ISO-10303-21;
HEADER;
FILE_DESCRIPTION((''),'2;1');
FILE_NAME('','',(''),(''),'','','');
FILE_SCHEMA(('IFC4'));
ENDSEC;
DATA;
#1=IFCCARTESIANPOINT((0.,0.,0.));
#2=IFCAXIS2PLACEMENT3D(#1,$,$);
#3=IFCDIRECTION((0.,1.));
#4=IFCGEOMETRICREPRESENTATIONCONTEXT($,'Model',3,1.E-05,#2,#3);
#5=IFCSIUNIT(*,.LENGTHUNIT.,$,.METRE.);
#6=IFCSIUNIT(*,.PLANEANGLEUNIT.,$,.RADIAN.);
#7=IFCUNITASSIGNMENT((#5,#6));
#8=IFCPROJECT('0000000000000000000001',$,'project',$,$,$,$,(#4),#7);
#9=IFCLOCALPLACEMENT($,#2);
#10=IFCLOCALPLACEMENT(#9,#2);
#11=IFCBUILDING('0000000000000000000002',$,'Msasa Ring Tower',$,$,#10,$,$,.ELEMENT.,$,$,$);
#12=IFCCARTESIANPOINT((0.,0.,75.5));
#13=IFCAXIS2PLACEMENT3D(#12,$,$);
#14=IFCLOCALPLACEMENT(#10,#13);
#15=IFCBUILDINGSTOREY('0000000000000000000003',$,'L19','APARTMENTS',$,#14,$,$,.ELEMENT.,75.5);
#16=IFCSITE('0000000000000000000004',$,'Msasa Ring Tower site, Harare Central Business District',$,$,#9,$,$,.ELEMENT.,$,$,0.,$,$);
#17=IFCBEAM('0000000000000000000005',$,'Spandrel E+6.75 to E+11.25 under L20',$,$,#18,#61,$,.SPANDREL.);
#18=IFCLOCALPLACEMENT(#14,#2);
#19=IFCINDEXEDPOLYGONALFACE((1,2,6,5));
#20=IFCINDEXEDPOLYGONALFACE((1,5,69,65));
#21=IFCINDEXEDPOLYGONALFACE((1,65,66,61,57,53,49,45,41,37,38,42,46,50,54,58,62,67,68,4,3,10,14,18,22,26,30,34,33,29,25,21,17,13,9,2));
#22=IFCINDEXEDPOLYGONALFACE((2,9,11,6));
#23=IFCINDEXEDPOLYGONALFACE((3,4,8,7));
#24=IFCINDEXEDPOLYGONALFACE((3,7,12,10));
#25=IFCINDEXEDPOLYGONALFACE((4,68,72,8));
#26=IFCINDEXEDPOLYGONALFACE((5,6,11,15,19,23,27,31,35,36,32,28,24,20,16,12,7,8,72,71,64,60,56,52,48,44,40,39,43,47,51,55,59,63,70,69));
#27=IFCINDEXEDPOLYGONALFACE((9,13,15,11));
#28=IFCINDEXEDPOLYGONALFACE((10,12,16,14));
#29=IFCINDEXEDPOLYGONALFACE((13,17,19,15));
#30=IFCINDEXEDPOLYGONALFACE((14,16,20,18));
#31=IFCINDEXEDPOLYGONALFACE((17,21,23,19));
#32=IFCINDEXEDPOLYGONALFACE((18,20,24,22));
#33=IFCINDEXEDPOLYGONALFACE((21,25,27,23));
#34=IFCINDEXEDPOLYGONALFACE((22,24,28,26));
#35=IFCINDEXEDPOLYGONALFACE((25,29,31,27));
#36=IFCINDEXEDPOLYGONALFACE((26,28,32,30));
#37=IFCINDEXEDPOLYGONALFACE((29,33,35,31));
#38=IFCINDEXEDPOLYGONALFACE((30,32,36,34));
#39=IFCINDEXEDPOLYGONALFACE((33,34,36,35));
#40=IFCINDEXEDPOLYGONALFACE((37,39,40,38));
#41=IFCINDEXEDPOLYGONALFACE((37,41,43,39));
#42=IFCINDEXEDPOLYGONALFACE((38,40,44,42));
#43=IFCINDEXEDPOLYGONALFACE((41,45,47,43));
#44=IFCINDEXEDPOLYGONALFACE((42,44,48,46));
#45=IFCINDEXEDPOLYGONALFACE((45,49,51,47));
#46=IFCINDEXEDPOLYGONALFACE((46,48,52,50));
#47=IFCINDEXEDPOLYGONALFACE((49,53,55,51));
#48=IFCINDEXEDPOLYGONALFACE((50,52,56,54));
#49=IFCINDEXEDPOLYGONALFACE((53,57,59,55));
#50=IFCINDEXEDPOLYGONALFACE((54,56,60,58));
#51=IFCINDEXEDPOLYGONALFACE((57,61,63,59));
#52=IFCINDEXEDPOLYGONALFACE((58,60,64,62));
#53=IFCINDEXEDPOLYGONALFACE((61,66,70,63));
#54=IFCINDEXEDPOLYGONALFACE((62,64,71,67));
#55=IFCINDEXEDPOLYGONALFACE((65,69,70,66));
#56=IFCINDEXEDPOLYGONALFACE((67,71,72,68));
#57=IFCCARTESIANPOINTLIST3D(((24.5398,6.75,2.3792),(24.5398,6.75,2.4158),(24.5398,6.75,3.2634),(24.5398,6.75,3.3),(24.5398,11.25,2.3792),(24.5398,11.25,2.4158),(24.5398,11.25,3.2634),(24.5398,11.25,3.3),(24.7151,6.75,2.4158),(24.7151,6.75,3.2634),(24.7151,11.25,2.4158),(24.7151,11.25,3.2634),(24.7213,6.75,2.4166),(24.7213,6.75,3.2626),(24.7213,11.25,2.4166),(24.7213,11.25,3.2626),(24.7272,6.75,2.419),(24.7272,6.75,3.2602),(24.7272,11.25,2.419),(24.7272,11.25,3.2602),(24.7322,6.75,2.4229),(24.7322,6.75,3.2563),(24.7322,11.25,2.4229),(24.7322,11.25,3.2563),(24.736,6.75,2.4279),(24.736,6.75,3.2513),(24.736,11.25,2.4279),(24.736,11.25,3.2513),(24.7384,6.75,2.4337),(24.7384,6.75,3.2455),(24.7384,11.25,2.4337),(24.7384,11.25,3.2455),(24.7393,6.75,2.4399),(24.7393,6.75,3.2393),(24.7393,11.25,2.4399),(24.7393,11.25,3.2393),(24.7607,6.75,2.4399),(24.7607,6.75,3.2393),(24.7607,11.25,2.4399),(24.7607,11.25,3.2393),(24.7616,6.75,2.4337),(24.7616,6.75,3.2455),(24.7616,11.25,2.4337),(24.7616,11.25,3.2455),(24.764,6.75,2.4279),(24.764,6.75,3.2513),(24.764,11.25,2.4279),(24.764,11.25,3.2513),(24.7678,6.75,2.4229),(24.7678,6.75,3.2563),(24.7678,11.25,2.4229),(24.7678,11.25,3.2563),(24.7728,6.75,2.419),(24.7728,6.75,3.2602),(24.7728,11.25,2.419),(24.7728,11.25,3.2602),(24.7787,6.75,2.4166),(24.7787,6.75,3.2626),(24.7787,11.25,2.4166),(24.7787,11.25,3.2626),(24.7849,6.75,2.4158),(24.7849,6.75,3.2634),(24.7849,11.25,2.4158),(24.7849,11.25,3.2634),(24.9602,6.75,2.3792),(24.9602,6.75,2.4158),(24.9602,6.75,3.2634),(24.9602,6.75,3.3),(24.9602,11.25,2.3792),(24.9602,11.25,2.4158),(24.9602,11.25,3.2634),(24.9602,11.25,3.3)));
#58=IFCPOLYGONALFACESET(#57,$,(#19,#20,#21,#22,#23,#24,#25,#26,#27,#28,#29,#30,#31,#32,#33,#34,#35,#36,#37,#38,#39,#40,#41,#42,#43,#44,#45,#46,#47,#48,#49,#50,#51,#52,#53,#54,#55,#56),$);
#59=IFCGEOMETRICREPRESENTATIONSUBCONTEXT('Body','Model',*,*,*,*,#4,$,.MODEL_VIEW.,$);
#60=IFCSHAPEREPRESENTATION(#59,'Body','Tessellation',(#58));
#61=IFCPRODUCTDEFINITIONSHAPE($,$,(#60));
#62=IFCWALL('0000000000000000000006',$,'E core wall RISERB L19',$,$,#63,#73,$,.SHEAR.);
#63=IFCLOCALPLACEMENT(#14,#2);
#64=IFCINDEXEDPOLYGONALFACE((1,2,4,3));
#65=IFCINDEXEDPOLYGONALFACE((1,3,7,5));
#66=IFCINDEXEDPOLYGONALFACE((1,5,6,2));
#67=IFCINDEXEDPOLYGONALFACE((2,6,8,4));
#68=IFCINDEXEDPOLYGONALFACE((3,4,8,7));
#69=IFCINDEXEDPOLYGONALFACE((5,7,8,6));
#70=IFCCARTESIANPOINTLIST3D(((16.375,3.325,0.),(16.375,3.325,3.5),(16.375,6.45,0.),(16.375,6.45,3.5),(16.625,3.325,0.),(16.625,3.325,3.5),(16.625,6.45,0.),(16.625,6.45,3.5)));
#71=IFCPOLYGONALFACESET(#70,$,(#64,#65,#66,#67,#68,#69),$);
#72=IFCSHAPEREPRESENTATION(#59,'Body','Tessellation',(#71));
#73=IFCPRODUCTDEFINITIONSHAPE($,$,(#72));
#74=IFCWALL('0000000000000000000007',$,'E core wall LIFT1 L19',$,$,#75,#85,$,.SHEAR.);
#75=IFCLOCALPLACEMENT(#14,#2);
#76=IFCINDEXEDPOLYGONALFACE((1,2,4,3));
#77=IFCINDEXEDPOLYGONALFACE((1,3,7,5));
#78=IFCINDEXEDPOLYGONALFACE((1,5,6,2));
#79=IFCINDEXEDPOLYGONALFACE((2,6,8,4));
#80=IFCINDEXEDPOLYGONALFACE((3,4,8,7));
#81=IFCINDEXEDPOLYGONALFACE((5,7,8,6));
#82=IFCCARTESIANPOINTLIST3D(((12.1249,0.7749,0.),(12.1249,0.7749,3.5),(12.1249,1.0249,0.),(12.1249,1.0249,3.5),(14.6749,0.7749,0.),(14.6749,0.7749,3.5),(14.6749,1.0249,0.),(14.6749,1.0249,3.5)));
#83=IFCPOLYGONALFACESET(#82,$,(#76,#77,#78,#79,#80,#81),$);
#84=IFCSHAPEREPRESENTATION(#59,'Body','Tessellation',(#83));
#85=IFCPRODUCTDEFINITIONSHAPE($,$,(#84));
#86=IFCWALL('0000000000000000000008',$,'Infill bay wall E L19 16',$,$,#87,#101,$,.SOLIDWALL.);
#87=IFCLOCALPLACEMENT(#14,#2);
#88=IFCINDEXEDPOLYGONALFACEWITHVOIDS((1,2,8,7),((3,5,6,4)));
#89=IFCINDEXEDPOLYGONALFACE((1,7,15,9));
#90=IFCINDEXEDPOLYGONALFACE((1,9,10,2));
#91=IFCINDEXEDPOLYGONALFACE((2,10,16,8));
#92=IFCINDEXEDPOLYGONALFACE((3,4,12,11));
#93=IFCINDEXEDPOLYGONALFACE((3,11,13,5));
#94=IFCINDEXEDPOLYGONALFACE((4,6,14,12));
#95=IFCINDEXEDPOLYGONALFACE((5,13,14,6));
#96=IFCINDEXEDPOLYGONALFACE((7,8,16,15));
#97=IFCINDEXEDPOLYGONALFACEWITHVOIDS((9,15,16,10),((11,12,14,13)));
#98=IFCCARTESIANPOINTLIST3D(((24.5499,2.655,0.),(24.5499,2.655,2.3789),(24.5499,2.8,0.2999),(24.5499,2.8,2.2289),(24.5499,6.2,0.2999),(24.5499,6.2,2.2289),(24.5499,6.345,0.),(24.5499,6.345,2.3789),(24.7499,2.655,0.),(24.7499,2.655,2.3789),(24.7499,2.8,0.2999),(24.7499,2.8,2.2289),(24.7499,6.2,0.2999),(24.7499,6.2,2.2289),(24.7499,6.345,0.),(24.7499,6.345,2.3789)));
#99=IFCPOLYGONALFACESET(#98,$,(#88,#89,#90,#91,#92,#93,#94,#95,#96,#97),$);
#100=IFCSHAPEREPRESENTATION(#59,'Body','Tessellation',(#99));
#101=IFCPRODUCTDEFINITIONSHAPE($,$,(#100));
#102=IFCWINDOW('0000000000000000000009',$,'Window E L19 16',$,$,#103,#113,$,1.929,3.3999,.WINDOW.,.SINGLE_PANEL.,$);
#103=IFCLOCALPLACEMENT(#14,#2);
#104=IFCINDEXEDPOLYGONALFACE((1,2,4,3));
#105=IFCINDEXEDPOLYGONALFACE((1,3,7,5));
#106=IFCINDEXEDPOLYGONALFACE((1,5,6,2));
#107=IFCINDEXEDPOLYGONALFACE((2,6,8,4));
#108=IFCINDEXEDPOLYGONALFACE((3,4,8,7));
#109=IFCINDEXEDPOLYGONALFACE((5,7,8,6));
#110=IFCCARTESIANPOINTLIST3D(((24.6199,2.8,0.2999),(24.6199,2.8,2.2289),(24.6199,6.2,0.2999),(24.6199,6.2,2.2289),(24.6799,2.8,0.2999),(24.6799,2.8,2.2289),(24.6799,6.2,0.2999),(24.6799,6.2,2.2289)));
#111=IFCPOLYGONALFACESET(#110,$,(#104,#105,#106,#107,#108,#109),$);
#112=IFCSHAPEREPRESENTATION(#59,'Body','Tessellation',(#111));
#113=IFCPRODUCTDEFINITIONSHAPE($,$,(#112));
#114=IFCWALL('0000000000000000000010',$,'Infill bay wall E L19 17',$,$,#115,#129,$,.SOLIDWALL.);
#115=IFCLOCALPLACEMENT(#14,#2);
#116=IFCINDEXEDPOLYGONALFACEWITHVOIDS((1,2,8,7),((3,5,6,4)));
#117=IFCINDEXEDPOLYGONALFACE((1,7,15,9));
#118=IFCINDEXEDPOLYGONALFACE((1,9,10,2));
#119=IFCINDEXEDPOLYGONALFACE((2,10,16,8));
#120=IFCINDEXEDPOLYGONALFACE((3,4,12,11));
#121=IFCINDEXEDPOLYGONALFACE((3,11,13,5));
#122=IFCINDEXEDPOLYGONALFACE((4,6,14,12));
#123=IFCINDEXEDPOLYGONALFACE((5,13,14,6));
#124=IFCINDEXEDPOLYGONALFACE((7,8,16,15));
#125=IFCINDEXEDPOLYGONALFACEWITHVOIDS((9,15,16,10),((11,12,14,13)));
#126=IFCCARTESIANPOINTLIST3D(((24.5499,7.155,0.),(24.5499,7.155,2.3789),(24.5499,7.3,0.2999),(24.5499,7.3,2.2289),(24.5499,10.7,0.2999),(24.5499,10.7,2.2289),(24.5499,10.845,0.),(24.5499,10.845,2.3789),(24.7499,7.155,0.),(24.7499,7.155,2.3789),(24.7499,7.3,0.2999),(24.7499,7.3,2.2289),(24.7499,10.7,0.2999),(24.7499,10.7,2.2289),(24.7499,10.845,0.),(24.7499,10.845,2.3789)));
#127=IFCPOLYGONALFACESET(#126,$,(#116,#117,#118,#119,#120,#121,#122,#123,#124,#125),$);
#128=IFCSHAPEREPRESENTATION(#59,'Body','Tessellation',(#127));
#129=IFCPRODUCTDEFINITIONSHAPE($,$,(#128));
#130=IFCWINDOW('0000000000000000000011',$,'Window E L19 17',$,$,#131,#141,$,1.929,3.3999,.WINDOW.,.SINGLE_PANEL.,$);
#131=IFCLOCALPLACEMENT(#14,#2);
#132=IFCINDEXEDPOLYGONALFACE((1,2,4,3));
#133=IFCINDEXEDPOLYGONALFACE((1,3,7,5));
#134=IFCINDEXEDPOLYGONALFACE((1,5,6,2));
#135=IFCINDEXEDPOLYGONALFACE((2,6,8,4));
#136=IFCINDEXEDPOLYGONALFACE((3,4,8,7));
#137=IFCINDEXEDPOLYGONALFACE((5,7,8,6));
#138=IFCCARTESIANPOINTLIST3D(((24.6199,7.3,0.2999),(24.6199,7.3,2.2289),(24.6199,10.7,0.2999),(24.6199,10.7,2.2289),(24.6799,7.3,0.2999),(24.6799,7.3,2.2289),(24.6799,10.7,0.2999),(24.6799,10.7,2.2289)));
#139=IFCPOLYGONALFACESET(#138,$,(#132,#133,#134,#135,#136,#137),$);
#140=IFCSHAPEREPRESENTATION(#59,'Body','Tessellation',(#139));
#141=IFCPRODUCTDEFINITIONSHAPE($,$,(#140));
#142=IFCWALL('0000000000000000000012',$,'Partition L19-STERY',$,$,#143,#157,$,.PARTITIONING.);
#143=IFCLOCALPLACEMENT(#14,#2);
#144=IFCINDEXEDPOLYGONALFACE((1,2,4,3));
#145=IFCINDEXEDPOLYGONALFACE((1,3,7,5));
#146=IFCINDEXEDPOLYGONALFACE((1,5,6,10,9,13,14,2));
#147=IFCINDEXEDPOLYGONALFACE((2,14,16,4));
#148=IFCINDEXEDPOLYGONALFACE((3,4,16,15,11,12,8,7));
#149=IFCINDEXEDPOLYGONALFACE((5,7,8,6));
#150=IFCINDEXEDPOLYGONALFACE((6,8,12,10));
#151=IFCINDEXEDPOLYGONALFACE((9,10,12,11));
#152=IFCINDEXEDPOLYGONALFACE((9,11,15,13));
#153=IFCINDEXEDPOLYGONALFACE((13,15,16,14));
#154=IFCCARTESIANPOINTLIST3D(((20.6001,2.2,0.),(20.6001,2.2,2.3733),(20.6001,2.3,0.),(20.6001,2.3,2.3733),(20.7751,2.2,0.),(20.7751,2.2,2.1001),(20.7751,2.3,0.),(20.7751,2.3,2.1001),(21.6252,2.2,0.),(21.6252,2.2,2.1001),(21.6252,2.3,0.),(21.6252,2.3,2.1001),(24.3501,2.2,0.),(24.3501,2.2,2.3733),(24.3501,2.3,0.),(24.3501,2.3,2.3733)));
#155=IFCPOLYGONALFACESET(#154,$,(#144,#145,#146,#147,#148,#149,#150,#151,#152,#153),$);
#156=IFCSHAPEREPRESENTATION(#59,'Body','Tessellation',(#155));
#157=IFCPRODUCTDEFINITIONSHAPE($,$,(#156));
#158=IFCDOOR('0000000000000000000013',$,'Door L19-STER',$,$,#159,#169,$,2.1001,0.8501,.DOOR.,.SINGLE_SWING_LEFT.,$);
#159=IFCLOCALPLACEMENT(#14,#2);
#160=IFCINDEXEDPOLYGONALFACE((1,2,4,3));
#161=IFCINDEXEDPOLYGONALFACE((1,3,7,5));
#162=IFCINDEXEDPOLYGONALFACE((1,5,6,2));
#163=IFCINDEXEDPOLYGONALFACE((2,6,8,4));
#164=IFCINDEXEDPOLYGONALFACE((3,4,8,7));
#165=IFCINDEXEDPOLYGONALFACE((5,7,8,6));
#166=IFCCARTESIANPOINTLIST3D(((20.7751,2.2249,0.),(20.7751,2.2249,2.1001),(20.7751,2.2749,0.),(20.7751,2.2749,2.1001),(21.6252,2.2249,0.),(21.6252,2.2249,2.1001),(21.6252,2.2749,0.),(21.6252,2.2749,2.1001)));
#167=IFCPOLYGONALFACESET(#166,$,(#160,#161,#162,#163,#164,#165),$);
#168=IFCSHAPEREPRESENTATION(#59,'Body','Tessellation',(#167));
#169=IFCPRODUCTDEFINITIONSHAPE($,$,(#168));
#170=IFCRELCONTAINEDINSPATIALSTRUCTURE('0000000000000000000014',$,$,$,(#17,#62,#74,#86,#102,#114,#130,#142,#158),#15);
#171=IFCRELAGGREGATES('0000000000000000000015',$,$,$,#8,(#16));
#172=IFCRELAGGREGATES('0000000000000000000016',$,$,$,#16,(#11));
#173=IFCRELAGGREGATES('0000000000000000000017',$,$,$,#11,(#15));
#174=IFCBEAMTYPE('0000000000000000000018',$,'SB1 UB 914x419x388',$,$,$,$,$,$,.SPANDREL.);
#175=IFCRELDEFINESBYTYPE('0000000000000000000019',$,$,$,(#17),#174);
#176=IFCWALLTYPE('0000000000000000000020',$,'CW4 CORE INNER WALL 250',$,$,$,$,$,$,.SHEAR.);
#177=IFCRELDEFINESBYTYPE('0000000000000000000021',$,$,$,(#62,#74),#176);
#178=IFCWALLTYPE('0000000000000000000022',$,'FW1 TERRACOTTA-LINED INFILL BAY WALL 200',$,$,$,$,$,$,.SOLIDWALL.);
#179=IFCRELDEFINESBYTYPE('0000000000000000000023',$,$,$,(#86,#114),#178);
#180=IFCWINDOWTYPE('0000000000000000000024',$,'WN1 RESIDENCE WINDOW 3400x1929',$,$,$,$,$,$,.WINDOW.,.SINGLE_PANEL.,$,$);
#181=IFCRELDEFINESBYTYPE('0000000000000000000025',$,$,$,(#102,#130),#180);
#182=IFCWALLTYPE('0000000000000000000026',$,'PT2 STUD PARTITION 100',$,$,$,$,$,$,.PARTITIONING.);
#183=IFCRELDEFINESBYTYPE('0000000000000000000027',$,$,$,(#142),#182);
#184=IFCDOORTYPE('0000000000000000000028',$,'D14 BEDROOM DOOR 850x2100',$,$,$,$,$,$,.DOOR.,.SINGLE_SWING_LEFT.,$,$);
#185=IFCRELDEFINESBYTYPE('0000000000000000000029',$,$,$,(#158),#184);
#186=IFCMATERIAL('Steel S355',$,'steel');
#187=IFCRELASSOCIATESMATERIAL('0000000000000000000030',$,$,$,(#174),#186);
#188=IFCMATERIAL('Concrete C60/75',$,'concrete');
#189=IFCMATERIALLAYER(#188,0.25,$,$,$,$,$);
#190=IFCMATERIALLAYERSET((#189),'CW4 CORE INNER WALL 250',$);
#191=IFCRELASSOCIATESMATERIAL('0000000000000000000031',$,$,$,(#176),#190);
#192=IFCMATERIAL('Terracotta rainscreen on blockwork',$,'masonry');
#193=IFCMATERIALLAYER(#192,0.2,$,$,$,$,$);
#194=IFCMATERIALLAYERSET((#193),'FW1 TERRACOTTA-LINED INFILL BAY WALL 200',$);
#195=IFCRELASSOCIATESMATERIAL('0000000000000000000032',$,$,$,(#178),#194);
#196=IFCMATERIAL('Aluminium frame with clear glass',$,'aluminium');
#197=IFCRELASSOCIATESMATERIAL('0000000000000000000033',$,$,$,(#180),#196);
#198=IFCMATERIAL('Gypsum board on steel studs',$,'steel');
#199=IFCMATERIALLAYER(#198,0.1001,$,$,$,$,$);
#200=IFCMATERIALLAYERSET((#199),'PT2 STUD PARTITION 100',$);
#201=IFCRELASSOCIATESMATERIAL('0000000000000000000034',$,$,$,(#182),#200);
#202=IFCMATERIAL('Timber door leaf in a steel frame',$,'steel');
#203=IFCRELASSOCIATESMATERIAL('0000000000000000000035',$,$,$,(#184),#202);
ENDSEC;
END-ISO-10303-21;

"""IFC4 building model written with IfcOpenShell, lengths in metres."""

from ifc_helpers import new_model, si_unit, direction, frame, frame_2d, origin, origin_2d, place, context, subcontext, project, spatial, rectangle, i_section, extrude, material, layer, layer_set, material_profile, profile_set, type_object, element, fill, save


model = new_model("IFC4")

# Units and contexts
model_context = context("Model", 3, precision=1e-05, world=origin(), true_north=direction((0.0, 1.0)))
body_context = subcontext(model_context, "Body", "Model", "MODEL_VIEW")
ifc_project = project(units=[si_unit("LENGTHUNIT", "METRE"), si_unit("PLANEANGLEUNIT", "RADIAN")], contexts=[model_context])

# Site, building, storey
site_placement = place(None, origin())
site = spatial("IfcSite", under=ifc_project, at=site_placement, Name="Msasa Ring Tower site, Harare Central Business District", CompositionType="ELEMENT", RefElevation=0.0)
building_placement = place(site_placement, origin())
building = spatial("IfcBuilding", under=site, at=building_placement, Name="Msasa Ring Tower", CompositionType="ELEMENT")
storey_placement = place(building_placement, frame((0.0, 0.0, 75.5)))
storey = spatial("IfcBuildingStorey", under=building, at=storey_placement, Name="L19", Description="APARTMENTS", CompositionType="ELEMENT", Elevation=75.5)

# Beam
ifc_material_1 = material(Name="Steel S355", Category="steel")
ifc_material_profile_1 = material_profile(ifc_material_1, i_section(OverallWidth=0.4204, OverallDepth=0.9209, WebThickness=0.0215, FlangeThickness=0.0366, FilletRadius=0.0242, at=origin_2d()), Name="UB 914x419x388")
ifc_profile_set_1 = profile_set([ifc_material_profile_1], Name="Steel S355")
beam_type_1 = type_object("IfcBeamType", Name="SB1 UB 914x419x388", PredefinedType="SPANDREL", material=ifc_profile_set_1)
for number, where, z_axis, x_axis, name in (
    (1, (24.75, 6.75, 2.8396), (0.0, 1.0, 0.0), (-1.0, 0.0, 0.0), "Spandrel E+6.75 to E+11.25 under L20"),
):
    element("IfcBeam", number, at=place(storey_placement, frame(where, z_axis=z_axis, x_axis=x_axis)), inside=storey, type_object=beam_type_1, Name=name, PredefinedType="SPANDREL", context=body_context, shape_type="SweptSolid", body=[
        extrude(i_section(OverallWidth=0.4204, OverallDepth=0.9209, WebThickness=0.0215, FlangeThickness=0.0366, FilletRadius=0.0242, at=origin_2d()), origin(), (0.0, 0.0, 1.0), 4.5),
    ])

# Walls
ifc_material_2 = material(Name="Concrete C60/75", Category="concrete")
ifc_layer_1 = layer(ifc_material_2, 0.25)
ifc_layer_set_1 = layer_set([ifc_layer_1], Name="CW4 CORE INNER WALL 250")
wall_type_1 = type_object("IfcWallType", Name="CW4 CORE INNER WALL 250", PredefinedType="SHEAR", material=ifc_layer_set_1)
wall_1_placement = place(storey_placement, frame((16.5, 3.325, 0.0), z_axis=(0.0, 0.0, 1.0), x_axis=(0.0, 1.0, 0.0)))
element("IfcWall", 2, at=wall_1_placement, inside=storey, type_object=wall_type_1, Name="E core wall RISERB L19", PredefinedType="SHEAR", context=body_context, shape_type="SweptSolid", body=[
    extrude(rectangle(XDim=3.125, YDim=0.25, at=frame_2d((1.5625, 0.0))), origin(), (0.0, 0.0, 1.0), 3.5),
])
wall_2_placement = place(storey_placement, frame((12.125, 0.8999, 0.0), z_axis=(0.0, 0.0, 1.0), x_axis=(1.0, 0.0, 0.0)))
element("IfcWall", 3, at=wall_2_placement, inside=storey, type_object=wall_type_1, Name="E core wall LIFT1 L19", PredefinedType="SHEAR", context=body_context, shape_type="SweptSolid", body=[
    extrude(rectangle(XDim=2.55, YDim=0.25, at=frame_2d((1.2749, 0.0))), origin(), (0.0, 0.0, 1.0), 3.5),
])

# Walls, openings, windows
ifc_material_3 = material(Name="Terracotta rainscreen on blockwork", Category="masonry")
ifc_layer_2 = layer(ifc_material_3, 0.2)
ifc_layer_set_2 = layer_set([ifc_layer_2], Name="FW1 TERRACOTTA-LINED INFILL BAY WALL 200")
wall_type_2 = type_object("IfcWallType", Name="FW1 TERRACOTTA-LINED INFILL BAY WALL 200", PredefinedType="SOLIDWALL", material=ifc_layer_set_2)
wall_3_placement = place(storey_placement, frame((24.6499, 2.655, 0.0), z_axis=(0.0, 0.0, 1.0), x_axis=(0.0, 1.0, 0.0)))
wall_3 = element("IfcWall", 4, at=wall_3_placement, inside=storey, type_object=wall_type_2, Name="Infill bay wall E L19 16", PredefinedType="SOLIDWALL", context=body_context, shape_type="SweptSolid", body=[
    extrude(rectangle(XDim=3.6899, YDim=0.2, at=frame_2d((1.845, 0.0))), origin(), (0.0, 0.0, 1.0), 2.3789),
])
opening_1_placement = place(wall_3_placement, frame((0.145, 0.0, 0.3)))
opening_1 = element("IfcOpeningElement", 5, at=opening_1_placement, cuts=wall_3, PredefinedType="OPENING", context=body_context, shape_type="SweptSolid", body=[
    extrude(rectangle(XDim=3.3999, YDim=1.929, at=frame_2d((1.7, 0.9644))), frame((0.0, 0.1099, 0.0), z_axis=(0.0, -1.0, 0.0), x_axis=(1.0, 0.0, 0.0)), (0.0, 0.0, 1.0), 0.22),
])
ifc_material_4 = material(Name="Aluminium frame with clear glass", Category="aluminium")
window_type = type_object("IfcWindowType", Name="WN1 RESIDENCE WINDOW 3400x1929", PartitioningType="SINGLE_PANEL", PredefinedType="WINDOW", material=ifc_material_4)
window_1_placement = place(opening_1_placement, origin())
window_1 = element("IfcWindow", 6, at=window_1_placement, inside=storey, type_object=window_type, Name="Window E L19 16", OverallHeight=1.929, OverallWidth=3.3999, PartitioningType="SINGLE_PANEL", PredefinedType="WINDOW", context=body_context, shape_type="SweptSolid", body=[
    extrude(rectangle(XDim=3.3999, YDim=1.929, at=frame_2d((1.7, 0.9644))), frame((0.0, 0.03, 0.0), z_axis=(0.0, -1.0, 0.0), x_axis=(1.0, 0.0, 0.0)), (0.0, 0.0, 1.0), 0.0601),
])
fill(opening_1, window_1)
wall_4_placement = place(storey_placement, frame((24.6499, 7.155, 0.0), z_axis=(0.0, 0.0, 1.0), x_axis=(0.0, 1.0, 0.0)))
wall_4 = element("IfcWall", 7, at=wall_4_placement, inside=storey, type_object=wall_type_2, Name="Infill bay wall E L19 17", PredefinedType="SOLIDWALL", context=body_context, shape_type="SweptSolid", body=[
    extrude(rectangle(XDim=3.6899, YDim=0.2, at=frame_2d((1.845, 0.0))), origin(), (0.0, 0.0, 1.0), 2.3789),
])
opening_2_placement = place(wall_4_placement, frame((0.145, 0.0, 0.3)))
opening_2 = element("IfcOpeningElement", 8, at=opening_2_placement, cuts=wall_4, PredefinedType="OPENING", context=body_context, shape_type="SweptSolid", body=[
    extrude(rectangle(XDim=3.3999, YDim=1.929, at=frame_2d((1.7, 0.9644))), frame((0.0, 0.1099, 0.0), z_axis=(0.0, -1.0, 0.0), x_axis=(1.0, 0.0, 0.0)), (0.0, 0.0, 1.0), 0.22),
])
window_2_placement = place(opening_2_placement, origin())
window_2 = element("IfcWindow", 9, at=window_2_placement, inside=storey, type_object=window_type, Name="Window E L19 17", OverallHeight=1.929, OverallWidth=3.3999, PartitioningType="SINGLE_PANEL", PredefinedType="WINDOW", context=body_context, shape_type="SweptSolid", body=[
    extrude(rectangle(XDim=3.3999, YDim=1.929, at=frame_2d((1.7, 0.9644))), frame((0.0, 0.03, 0.0), z_axis=(0.0, -1.0, 0.0), x_axis=(1.0, 0.0, 0.0)), (0.0, 0.0, 1.0), 0.0601),
])
fill(opening_2, window_2)

# Wall, opening, door
ifc_material_5 = material(Name="Gypsum board on steel studs", Category="steel")
ifc_layer_3 = layer(ifc_material_5, 0.1001)
ifc_layer_set_3 = layer_set([ifc_layer_3], Name="PT2 STUD PARTITION 100")
wall_type_3 = type_object("IfcWallType", Name="PT2 STUD PARTITION 100", PredefinedType="PARTITIONING", material=ifc_layer_set_3)
wall_5_placement = place(storey_placement, frame((20.6001, 2.25, 0.0), z_axis=(0.0, 0.0, 1.0), x_axis=(1.0, 0.0, 0.0)))
wall_5 = element("IfcWall", 10, at=wall_5_placement, inside=storey, type_object=wall_type_3, Name="Partition L19-STERY", PredefinedType="PARTITIONING", context=body_context, shape_type="SweptSolid", body=[
    extrude(rectangle(XDim=3.75, YDim=0.1001, at=frame_2d((1.875, 0.0))), origin(), (0.0, 0.0, 1.0), 2.3733),
])
opening_3_placement = place(wall_5_placement, frame((0.175, 0.0, 0.0)))
opening_3 = element("IfcOpeningElement", 11, at=opening_3_placement, cuts=wall_5, PredefinedType="OPENING", context=body_context, shape_type="SweptSolid", body=[
    extrude(rectangle(XDim=0.8501, YDim=2.1001, at=frame_2d((0.425, 1.05))), frame((0.0, 0.0601, 0.0), z_axis=(0.0, -1.0, 0.0), x_axis=(1.0, 0.0, 0.0)), (0.0, 0.0, 1.0), 0.1201),
])
ifc_material_6 = material(Name="Timber door leaf in a steel frame", Category="steel")
door_type_1 = type_object("IfcDoorType", Name="D14 BEDROOM DOOR 850x2100", OperationType="SINGLE_SWING_LEFT", PredefinedType="DOOR", material=ifc_material_6)
door_1_placement = place(opening_3_placement, origin())
door_1 = element("IfcDoor", 12, at=door_1_placement, inside=storey, type_object=door_type_1, Name="Door L19-STER", OperationType="SINGLE_SWING_LEFT", OverallHeight=2.1001, OverallWidth=0.8501, PredefinedType="DOOR", context=body_context, shape_type="SweptSolid", body=[
    extrude(rectangle(XDim=0.8501, YDim=2.1001, at=frame_2d((0.425, 1.05))), frame((0.0, 0.0249, 0.0), z_axis=(0.0, -1.0, 0.0), x_axis=(1.0, 0.0, 0.0)), (0.0, 0.0, 1.0), 0.05),
])
fill(opening_3, door_1)

save(model, "model.ifc")
